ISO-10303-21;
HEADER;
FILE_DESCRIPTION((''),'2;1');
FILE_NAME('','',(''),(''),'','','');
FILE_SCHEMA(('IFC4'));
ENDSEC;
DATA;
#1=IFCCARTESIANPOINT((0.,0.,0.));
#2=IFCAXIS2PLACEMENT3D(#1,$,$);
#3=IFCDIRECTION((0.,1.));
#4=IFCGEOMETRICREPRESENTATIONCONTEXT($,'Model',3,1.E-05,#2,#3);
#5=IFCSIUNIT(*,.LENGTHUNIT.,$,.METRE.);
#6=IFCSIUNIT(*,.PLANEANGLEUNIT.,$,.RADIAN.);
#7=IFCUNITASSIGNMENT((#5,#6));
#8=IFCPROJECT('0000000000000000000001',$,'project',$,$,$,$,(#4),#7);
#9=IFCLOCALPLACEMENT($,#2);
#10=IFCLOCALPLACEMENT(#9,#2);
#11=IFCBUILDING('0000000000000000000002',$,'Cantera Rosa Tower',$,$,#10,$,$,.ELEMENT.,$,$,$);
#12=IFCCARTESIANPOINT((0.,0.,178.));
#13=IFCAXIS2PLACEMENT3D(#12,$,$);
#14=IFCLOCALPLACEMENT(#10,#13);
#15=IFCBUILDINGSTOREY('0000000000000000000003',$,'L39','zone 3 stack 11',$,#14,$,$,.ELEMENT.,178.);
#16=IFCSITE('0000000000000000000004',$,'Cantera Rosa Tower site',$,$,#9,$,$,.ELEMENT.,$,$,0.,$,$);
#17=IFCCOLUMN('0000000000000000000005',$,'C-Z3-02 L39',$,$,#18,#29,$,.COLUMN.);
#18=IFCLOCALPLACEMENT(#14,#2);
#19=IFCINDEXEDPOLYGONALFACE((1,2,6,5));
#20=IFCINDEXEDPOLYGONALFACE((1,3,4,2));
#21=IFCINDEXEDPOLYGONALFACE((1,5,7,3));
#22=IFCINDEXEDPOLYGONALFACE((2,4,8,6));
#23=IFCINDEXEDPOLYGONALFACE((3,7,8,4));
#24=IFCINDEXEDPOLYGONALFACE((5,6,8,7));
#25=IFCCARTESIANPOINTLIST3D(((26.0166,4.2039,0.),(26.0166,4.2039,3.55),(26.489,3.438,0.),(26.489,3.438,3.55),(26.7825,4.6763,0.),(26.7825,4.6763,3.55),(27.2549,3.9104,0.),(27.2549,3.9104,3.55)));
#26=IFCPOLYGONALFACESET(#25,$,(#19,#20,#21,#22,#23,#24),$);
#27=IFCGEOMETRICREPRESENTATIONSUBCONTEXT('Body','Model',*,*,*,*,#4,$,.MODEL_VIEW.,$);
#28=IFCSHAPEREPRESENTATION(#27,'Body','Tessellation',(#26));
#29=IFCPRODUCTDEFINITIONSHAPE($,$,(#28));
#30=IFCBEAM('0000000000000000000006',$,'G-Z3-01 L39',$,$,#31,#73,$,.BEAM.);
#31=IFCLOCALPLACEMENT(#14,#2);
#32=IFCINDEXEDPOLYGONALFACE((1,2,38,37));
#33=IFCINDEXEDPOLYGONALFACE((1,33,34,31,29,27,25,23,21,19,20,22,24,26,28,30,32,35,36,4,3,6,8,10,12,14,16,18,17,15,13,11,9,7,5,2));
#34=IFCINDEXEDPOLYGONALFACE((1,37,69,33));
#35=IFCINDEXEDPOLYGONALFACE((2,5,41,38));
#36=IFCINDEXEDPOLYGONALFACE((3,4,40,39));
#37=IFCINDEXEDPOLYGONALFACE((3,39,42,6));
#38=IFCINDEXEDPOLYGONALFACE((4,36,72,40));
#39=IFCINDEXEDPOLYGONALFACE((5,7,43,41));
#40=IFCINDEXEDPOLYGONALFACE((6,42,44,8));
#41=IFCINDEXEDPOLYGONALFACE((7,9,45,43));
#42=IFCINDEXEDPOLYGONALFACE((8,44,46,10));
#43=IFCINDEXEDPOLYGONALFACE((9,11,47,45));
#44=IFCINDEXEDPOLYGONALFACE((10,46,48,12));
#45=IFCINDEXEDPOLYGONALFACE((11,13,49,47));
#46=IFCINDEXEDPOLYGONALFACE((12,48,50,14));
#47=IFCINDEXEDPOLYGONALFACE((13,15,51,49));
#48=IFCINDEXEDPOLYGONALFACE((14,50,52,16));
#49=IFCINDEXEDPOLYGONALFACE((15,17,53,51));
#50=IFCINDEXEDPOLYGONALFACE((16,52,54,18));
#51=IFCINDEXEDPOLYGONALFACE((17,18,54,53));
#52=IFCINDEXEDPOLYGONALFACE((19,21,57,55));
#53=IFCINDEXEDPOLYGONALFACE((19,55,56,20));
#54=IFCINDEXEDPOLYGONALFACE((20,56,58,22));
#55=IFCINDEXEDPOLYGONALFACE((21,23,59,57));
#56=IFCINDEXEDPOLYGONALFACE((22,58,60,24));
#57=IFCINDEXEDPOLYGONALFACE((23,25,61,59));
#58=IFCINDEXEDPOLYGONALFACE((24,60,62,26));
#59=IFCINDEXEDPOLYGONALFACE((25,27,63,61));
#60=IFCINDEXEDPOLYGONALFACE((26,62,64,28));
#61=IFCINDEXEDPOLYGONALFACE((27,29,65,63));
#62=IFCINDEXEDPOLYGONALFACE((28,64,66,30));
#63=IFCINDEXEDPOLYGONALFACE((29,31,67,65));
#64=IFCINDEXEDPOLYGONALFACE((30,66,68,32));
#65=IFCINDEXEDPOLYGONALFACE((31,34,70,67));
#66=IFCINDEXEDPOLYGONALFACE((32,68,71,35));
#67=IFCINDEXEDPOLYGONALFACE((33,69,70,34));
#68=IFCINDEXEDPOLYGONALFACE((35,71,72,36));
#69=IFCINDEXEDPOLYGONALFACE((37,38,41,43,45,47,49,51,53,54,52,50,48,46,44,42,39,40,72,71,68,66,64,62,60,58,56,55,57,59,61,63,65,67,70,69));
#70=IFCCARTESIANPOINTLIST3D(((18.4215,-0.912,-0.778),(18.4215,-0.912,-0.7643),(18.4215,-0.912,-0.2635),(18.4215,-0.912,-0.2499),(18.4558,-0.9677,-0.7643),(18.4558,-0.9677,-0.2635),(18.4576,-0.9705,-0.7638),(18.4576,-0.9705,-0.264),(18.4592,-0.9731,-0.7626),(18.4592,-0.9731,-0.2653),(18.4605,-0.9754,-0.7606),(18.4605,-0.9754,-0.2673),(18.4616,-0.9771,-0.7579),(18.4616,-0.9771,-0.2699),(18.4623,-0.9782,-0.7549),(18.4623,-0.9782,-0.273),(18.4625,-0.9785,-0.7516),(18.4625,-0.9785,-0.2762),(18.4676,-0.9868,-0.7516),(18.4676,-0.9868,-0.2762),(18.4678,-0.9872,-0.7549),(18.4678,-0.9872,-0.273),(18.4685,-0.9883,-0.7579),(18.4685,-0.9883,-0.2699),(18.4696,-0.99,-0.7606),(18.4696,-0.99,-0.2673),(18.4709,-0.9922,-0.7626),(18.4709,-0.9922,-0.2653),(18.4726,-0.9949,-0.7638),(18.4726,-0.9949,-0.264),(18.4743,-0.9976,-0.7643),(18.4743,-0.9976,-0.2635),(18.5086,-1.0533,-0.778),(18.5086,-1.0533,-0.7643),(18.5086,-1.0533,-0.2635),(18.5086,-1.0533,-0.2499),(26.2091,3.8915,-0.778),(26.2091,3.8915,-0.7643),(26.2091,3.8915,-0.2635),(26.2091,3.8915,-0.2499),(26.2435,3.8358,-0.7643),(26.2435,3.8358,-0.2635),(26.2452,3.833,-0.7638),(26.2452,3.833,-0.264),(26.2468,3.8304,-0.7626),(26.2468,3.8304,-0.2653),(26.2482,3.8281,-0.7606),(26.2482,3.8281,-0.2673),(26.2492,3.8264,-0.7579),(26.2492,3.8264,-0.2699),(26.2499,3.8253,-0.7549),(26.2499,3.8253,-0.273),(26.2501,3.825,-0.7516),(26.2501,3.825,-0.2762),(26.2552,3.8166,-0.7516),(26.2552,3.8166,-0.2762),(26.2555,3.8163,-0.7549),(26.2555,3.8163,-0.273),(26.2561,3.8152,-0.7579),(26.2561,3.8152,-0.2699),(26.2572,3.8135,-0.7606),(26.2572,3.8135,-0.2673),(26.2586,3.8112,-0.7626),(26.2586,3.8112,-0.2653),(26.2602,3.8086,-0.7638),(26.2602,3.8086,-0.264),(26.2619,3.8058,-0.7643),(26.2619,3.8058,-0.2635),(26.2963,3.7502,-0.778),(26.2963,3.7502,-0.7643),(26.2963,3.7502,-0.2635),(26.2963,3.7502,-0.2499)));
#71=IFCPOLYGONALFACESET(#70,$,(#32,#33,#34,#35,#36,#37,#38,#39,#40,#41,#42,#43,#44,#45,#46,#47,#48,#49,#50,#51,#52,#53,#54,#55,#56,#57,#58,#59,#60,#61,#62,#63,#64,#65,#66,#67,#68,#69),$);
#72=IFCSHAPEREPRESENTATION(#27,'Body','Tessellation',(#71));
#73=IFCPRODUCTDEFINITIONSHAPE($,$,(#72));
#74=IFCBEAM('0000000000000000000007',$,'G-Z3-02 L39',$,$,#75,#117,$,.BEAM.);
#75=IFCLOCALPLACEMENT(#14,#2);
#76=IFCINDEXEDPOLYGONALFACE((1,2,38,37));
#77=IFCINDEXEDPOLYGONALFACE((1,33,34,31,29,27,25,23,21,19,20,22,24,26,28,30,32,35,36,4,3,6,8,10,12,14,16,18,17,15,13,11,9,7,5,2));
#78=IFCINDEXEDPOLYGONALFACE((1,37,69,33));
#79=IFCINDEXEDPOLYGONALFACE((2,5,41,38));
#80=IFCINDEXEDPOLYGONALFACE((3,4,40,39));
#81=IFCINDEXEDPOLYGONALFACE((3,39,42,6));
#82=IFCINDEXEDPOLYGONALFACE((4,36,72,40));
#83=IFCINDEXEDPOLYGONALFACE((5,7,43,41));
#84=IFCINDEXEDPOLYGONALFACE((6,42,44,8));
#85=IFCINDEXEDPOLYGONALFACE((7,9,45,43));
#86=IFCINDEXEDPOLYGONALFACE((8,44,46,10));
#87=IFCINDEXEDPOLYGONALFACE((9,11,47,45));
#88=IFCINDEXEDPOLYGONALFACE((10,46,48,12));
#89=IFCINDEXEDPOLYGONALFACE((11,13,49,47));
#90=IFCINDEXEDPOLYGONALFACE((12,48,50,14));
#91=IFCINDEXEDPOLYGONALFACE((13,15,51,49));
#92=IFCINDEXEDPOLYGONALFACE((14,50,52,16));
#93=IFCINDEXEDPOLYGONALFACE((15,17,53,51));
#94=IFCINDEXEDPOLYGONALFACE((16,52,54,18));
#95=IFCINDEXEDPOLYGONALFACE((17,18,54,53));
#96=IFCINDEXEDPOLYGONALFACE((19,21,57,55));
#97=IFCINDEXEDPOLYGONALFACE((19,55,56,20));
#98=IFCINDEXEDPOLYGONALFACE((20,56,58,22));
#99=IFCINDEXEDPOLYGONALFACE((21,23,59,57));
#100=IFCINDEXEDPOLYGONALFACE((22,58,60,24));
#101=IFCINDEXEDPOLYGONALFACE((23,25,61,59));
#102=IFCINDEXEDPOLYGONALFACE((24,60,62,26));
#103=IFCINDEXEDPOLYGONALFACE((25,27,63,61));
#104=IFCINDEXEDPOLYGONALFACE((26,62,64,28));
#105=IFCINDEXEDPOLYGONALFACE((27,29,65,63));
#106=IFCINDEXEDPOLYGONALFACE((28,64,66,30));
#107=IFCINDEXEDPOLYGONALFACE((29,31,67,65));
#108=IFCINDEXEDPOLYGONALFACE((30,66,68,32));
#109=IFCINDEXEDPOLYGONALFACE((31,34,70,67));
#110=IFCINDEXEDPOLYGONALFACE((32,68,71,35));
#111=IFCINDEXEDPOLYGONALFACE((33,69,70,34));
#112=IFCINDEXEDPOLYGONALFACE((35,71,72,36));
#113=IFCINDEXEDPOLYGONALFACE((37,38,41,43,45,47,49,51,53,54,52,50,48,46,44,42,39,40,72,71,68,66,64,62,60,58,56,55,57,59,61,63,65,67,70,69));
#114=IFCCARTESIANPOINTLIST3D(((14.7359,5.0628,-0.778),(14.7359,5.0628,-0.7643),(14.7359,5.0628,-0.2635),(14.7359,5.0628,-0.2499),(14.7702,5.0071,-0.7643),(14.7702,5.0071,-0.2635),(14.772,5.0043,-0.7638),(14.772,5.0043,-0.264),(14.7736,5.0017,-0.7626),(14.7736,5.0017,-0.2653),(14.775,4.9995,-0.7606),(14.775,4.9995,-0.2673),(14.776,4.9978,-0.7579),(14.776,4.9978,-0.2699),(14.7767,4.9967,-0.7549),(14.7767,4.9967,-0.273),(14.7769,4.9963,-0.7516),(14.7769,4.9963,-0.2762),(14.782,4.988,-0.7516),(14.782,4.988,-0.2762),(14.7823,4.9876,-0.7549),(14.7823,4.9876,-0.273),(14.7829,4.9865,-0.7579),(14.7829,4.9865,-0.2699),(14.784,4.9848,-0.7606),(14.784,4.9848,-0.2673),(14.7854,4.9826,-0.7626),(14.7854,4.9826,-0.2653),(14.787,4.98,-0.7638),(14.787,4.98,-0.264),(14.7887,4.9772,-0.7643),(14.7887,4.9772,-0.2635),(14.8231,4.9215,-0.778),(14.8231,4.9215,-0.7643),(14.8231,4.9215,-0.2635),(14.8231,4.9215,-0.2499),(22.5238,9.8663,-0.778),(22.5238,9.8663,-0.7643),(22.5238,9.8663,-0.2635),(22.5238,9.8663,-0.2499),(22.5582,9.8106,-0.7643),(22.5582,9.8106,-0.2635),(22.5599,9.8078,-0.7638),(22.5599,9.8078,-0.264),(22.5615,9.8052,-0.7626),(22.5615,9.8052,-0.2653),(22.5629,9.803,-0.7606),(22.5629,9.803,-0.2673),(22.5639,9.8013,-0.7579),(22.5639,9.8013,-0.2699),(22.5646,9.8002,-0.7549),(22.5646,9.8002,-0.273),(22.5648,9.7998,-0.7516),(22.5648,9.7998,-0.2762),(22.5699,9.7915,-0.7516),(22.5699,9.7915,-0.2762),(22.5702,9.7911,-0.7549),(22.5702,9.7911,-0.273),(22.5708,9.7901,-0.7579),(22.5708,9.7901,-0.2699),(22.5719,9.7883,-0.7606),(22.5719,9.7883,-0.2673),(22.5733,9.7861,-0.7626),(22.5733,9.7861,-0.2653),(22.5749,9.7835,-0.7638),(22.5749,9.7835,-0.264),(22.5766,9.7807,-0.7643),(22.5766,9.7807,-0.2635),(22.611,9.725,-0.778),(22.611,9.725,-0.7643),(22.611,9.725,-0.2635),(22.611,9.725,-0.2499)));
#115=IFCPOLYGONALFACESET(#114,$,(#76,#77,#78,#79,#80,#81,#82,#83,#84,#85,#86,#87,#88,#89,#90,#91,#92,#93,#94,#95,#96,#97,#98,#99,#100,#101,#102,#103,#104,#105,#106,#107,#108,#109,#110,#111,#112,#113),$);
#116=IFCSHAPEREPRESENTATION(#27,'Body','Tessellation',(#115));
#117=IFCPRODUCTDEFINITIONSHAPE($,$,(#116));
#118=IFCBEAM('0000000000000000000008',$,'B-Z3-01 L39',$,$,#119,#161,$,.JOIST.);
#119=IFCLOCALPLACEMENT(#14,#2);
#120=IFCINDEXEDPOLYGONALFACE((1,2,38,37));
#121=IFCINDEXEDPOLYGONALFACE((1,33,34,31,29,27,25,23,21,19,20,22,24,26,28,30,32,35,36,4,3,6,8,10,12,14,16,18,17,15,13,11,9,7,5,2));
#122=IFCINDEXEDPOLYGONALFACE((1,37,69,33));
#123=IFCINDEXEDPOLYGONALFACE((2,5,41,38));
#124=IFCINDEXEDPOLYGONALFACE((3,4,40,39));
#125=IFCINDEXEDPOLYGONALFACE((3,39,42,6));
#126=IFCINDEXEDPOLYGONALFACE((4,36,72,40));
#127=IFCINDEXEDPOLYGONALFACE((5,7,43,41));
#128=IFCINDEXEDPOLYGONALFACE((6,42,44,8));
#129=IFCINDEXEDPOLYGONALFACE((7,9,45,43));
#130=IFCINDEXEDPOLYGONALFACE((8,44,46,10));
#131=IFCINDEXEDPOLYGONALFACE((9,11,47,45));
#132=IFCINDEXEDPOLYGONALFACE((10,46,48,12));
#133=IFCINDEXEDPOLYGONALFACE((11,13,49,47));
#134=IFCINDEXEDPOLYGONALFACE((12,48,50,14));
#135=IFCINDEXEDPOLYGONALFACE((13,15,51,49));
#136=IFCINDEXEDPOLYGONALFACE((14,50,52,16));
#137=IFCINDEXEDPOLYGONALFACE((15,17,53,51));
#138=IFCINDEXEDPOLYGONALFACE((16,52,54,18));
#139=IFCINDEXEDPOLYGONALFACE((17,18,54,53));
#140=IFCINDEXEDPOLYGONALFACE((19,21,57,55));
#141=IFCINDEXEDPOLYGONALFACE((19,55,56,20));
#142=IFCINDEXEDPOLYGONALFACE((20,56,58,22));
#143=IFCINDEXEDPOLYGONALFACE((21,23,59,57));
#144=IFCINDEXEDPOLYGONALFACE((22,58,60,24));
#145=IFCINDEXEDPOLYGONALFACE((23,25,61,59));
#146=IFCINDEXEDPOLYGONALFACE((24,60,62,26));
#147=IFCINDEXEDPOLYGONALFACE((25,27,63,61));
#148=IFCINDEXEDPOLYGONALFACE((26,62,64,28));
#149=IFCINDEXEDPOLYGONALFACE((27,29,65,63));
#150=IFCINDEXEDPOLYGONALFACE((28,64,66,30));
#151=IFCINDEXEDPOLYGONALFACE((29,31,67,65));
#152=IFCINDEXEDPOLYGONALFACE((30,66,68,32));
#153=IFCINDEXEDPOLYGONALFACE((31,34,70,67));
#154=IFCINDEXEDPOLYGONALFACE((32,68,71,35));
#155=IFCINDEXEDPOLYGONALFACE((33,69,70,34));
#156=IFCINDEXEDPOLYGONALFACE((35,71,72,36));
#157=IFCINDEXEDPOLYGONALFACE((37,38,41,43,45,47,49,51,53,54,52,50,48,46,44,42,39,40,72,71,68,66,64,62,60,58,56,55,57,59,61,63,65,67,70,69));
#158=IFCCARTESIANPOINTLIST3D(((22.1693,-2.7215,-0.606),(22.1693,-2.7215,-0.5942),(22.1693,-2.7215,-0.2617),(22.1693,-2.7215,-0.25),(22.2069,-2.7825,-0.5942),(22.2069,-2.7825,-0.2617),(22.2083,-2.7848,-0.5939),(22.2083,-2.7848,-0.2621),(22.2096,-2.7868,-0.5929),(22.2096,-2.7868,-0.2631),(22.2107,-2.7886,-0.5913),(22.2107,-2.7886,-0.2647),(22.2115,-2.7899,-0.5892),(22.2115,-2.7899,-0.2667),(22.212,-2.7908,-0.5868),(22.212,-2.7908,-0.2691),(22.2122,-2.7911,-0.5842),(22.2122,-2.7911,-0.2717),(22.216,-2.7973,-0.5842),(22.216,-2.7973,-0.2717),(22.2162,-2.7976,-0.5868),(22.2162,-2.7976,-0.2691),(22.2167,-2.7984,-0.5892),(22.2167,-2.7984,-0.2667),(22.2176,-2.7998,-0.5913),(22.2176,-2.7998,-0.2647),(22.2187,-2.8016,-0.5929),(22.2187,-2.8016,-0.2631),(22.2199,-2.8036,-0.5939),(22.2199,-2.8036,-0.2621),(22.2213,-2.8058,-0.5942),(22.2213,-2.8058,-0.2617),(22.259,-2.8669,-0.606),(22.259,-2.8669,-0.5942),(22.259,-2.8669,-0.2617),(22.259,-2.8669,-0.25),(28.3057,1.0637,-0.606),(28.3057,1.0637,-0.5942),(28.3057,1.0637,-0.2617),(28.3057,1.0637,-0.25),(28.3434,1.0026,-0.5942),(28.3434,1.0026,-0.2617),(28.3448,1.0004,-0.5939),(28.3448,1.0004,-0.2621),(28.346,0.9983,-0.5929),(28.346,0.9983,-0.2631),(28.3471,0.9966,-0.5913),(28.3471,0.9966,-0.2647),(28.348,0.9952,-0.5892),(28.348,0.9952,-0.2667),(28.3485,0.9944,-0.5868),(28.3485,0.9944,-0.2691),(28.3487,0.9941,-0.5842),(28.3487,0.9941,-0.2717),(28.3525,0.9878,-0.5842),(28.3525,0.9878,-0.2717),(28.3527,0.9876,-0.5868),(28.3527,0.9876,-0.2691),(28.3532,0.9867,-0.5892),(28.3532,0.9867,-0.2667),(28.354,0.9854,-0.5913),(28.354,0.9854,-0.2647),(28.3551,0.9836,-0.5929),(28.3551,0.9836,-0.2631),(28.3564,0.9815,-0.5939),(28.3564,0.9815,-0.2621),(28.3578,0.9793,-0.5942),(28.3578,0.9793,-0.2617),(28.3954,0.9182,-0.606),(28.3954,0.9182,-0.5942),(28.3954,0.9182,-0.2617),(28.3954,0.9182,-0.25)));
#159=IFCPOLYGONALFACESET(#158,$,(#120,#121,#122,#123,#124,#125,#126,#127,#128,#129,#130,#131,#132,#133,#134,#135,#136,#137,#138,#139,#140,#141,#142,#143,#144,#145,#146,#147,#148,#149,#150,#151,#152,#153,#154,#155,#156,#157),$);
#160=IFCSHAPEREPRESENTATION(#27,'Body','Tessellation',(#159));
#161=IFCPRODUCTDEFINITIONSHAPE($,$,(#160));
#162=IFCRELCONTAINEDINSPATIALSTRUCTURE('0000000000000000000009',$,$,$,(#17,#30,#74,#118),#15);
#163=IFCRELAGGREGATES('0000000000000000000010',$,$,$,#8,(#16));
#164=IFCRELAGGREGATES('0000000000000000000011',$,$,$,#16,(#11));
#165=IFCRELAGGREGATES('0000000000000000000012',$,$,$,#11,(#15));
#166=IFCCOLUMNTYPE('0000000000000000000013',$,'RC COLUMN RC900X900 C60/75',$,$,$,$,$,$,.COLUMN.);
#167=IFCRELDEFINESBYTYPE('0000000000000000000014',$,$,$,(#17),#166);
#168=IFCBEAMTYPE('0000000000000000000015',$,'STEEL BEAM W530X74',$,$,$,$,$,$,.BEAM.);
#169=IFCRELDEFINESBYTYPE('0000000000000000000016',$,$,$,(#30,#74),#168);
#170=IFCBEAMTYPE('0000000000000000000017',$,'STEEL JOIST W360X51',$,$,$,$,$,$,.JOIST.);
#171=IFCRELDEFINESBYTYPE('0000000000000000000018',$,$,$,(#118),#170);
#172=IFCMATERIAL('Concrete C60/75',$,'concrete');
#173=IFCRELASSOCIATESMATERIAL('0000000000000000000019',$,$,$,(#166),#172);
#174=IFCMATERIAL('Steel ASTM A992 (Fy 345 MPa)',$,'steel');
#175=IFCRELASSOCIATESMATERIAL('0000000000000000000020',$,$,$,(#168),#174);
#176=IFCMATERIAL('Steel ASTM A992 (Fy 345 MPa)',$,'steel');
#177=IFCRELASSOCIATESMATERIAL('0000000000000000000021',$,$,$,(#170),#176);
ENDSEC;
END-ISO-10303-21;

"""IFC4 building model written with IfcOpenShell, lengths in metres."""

from ifc_helpers import new_model, si_unit, direction, frame, origin, origin_2d, place, context, subcontext, project, spatial, rectangle, i_section, extrude, material, material_profile, profile_set, type_object, element, save


model = new_model("IFC4")

# Units and contexts
model_context = context("Model", 3, precision=1e-05, world=origin(), true_north=direction((0.0, 1.0)))
body_context = subcontext(model_context, "Body", "Model", "MODEL_VIEW")
ifc_project = project(units=[si_unit("LENGTHUNIT", "METRE"), si_unit("PLANEANGLEUNIT", "RADIAN")], contexts=[model_context])

# Site, building, storey
site_placement = place(None, origin())
site = spatial("IfcSite", under=ifc_project, at=site_placement, Name="Cantera Rosa Tower site", CompositionType="ELEMENT", RefElevation=0.0)
building_placement = place(site_placement, origin())
building = spatial("IfcBuilding", under=site, at=building_placement, Name="Cantera Rosa Tower", CompositionType="ELEMENT")
storey_placement = place(building_placement, frame((0.0, 0.0, 178.0)))
storey = spatial("IfcBuildingStorey", under=building, at=storey_placement, Name="L39", Description="zone 3 stack 11", CompositionType="ELEMENT", Elevation=178.0)

# Column
ifc_material_1 = material(Name="Concrete C60/75", Category="concrete")
ifc_material_profile_1 = material_profile(ifc_material_1, rectangle(XDim=0.8999, YDim=0.8999, at=origin_2d()), Name="RC COLUMN RC900X900 C60/75")
ifc_profile_set_1 = profile_set([ifc_material_profile_1], Name="Concrete C60/75")
column_type = type_object("IfcColumnType", Name="RC COLUMN RC900X900 C60/75", PredefinedType="COLUMN", material=ifc_profile_set_1)
column_placement = place(storey_placement, frame((26.6357, 4.0571, 0.0), z_axis=(0.0, 0.0, 1.0), x_axis=(0.851117, 0.524977, 0.0)))
element("IfcColumn", 1, at=column_placement, inside=storey, type_object=column_type, Name="C-Z3-02 L39", PredefinedType="COLUMN", context=body_context, shape_type="SweptSolid", body=[
    extrude(rectangle(XDim=0.8999, YDim=0.8999, at=origin_2d()), origin(), (0.0, 0.0, 1.0), 3.55),
])

# Beams
ifc_material_2 = material(Name="Steel ASTM A992 (Fy 345 MPa)", Category="steel")
ifc_material_profile_2 = material_profile(ifc_material_2, i_section(OverallWidth=0.166, OverallDepth=0.5281, WebThickness=0.0098, FlangeThickness=0.0137, FilletRadius=0.0127, at=origin_2d()), Name="W530X74")
ifc_profile_set_2 = profile_set([ifc_material_profile_2], Name="Steel ASTM A992 (Fy 345 MPa)")
beam_type_1 = type_object("IfcBeamType", Name="STEEL BEAM W530X74", PredefinedType="BEAM", material=ifc_profile_set_2)
beam_1_placement = place(storey_placement, frame((26.2527, 3.8208, -0.5139), z_axis=(-0.851116, -0.524977, 0.0), x_axis=(0.524977, -0.851116, 0.0)))
element("IfcBeam", 2, at=beam_1_placement, inside=storey, type_object=beam_type_1, Name="G-Z3-01 L39", PredefinedType="BEAM", context=body_context, shape_type="SweptSolid", body=[
    extrude(i_section(OverallWidth=0.166, OverallDepth=0.5281, WebThickness=0.0098, FlangeThickness=0.0137, FilletRadius=0.0127, at=origin_2d()), origin(), (0.0, 0.0, 1.0), 9.1499),
])
beam_2_placement = place(storey_placement, frame((22.5674, 9.7957, -0.5139), z_axis=(-0.851124, -0.524965, 0.0), x_axis=(0.524965, -0.851124, 0.0)))
element("IfcBeam", 3, at=beam_2_placement, inside=storey, type_object=beam_type_1, Name="G-Z3-02 L39", PredefinedType="BEAM", context=body_context, shape_type="SweptSolid", body=[
    extrude(i_section(OverallWidth=0.166, OverallDepth=0.5281, WebThickness=0.0098, FlangeThickness=0.0137, FilletRadius=0.0127, at=origin_2d()), origin(), (0.0, 0.0, 1.0), 9.1501),
])
ifc_material_3 = material(Name="Steel ASTM A992 (Fy 345 MPa)", Category="steel")
ifc_material_profile_3 = material_profile(ifc_material_3, i_section(OverallWidth=0.1709, OverallDepth=0.356, WebThickness=0.0073, FlangeThickness=0.0117, FilletRadius=0.01, at=origin_2d()), Name="W360X51")
ifc_profile_set_3 = profile_set([ifc_material_profile_3], Name="Steel ASTM A992 (Fy 345 MPa)")
beam_type_2 = type_object("IfcBeamType", Name="STEEL JOIST W360X51", PredefinedType="JOIST", material=ifc_profile_set_3)
beam_3_placement = place(storey_placement, frame((28.3506, 0.991, -0.428), z_axis=(-0.851109, -0.524989, 0.0), x_axis=(0.524989, -0.851109, 0.0)))
element("IfcBeam", 4, at=beam_3_placement, inside=storey, type_object=beam_type_2, Name="B-Z3-01 L39", PredefinedType="JOIST", context=body_context, shape_type="SweptSolid", body=[
    extrude(i_section(OverallWidth=0.1709, OverallDepth=0.356, WebThickness=0.0073, FlangeThickness=0.0117, FilletRadius=0.01, at=origin_2d()), origin(), (0.0, 0.0, 1.0), 7.21),
])

save(model, "model.ifc")
